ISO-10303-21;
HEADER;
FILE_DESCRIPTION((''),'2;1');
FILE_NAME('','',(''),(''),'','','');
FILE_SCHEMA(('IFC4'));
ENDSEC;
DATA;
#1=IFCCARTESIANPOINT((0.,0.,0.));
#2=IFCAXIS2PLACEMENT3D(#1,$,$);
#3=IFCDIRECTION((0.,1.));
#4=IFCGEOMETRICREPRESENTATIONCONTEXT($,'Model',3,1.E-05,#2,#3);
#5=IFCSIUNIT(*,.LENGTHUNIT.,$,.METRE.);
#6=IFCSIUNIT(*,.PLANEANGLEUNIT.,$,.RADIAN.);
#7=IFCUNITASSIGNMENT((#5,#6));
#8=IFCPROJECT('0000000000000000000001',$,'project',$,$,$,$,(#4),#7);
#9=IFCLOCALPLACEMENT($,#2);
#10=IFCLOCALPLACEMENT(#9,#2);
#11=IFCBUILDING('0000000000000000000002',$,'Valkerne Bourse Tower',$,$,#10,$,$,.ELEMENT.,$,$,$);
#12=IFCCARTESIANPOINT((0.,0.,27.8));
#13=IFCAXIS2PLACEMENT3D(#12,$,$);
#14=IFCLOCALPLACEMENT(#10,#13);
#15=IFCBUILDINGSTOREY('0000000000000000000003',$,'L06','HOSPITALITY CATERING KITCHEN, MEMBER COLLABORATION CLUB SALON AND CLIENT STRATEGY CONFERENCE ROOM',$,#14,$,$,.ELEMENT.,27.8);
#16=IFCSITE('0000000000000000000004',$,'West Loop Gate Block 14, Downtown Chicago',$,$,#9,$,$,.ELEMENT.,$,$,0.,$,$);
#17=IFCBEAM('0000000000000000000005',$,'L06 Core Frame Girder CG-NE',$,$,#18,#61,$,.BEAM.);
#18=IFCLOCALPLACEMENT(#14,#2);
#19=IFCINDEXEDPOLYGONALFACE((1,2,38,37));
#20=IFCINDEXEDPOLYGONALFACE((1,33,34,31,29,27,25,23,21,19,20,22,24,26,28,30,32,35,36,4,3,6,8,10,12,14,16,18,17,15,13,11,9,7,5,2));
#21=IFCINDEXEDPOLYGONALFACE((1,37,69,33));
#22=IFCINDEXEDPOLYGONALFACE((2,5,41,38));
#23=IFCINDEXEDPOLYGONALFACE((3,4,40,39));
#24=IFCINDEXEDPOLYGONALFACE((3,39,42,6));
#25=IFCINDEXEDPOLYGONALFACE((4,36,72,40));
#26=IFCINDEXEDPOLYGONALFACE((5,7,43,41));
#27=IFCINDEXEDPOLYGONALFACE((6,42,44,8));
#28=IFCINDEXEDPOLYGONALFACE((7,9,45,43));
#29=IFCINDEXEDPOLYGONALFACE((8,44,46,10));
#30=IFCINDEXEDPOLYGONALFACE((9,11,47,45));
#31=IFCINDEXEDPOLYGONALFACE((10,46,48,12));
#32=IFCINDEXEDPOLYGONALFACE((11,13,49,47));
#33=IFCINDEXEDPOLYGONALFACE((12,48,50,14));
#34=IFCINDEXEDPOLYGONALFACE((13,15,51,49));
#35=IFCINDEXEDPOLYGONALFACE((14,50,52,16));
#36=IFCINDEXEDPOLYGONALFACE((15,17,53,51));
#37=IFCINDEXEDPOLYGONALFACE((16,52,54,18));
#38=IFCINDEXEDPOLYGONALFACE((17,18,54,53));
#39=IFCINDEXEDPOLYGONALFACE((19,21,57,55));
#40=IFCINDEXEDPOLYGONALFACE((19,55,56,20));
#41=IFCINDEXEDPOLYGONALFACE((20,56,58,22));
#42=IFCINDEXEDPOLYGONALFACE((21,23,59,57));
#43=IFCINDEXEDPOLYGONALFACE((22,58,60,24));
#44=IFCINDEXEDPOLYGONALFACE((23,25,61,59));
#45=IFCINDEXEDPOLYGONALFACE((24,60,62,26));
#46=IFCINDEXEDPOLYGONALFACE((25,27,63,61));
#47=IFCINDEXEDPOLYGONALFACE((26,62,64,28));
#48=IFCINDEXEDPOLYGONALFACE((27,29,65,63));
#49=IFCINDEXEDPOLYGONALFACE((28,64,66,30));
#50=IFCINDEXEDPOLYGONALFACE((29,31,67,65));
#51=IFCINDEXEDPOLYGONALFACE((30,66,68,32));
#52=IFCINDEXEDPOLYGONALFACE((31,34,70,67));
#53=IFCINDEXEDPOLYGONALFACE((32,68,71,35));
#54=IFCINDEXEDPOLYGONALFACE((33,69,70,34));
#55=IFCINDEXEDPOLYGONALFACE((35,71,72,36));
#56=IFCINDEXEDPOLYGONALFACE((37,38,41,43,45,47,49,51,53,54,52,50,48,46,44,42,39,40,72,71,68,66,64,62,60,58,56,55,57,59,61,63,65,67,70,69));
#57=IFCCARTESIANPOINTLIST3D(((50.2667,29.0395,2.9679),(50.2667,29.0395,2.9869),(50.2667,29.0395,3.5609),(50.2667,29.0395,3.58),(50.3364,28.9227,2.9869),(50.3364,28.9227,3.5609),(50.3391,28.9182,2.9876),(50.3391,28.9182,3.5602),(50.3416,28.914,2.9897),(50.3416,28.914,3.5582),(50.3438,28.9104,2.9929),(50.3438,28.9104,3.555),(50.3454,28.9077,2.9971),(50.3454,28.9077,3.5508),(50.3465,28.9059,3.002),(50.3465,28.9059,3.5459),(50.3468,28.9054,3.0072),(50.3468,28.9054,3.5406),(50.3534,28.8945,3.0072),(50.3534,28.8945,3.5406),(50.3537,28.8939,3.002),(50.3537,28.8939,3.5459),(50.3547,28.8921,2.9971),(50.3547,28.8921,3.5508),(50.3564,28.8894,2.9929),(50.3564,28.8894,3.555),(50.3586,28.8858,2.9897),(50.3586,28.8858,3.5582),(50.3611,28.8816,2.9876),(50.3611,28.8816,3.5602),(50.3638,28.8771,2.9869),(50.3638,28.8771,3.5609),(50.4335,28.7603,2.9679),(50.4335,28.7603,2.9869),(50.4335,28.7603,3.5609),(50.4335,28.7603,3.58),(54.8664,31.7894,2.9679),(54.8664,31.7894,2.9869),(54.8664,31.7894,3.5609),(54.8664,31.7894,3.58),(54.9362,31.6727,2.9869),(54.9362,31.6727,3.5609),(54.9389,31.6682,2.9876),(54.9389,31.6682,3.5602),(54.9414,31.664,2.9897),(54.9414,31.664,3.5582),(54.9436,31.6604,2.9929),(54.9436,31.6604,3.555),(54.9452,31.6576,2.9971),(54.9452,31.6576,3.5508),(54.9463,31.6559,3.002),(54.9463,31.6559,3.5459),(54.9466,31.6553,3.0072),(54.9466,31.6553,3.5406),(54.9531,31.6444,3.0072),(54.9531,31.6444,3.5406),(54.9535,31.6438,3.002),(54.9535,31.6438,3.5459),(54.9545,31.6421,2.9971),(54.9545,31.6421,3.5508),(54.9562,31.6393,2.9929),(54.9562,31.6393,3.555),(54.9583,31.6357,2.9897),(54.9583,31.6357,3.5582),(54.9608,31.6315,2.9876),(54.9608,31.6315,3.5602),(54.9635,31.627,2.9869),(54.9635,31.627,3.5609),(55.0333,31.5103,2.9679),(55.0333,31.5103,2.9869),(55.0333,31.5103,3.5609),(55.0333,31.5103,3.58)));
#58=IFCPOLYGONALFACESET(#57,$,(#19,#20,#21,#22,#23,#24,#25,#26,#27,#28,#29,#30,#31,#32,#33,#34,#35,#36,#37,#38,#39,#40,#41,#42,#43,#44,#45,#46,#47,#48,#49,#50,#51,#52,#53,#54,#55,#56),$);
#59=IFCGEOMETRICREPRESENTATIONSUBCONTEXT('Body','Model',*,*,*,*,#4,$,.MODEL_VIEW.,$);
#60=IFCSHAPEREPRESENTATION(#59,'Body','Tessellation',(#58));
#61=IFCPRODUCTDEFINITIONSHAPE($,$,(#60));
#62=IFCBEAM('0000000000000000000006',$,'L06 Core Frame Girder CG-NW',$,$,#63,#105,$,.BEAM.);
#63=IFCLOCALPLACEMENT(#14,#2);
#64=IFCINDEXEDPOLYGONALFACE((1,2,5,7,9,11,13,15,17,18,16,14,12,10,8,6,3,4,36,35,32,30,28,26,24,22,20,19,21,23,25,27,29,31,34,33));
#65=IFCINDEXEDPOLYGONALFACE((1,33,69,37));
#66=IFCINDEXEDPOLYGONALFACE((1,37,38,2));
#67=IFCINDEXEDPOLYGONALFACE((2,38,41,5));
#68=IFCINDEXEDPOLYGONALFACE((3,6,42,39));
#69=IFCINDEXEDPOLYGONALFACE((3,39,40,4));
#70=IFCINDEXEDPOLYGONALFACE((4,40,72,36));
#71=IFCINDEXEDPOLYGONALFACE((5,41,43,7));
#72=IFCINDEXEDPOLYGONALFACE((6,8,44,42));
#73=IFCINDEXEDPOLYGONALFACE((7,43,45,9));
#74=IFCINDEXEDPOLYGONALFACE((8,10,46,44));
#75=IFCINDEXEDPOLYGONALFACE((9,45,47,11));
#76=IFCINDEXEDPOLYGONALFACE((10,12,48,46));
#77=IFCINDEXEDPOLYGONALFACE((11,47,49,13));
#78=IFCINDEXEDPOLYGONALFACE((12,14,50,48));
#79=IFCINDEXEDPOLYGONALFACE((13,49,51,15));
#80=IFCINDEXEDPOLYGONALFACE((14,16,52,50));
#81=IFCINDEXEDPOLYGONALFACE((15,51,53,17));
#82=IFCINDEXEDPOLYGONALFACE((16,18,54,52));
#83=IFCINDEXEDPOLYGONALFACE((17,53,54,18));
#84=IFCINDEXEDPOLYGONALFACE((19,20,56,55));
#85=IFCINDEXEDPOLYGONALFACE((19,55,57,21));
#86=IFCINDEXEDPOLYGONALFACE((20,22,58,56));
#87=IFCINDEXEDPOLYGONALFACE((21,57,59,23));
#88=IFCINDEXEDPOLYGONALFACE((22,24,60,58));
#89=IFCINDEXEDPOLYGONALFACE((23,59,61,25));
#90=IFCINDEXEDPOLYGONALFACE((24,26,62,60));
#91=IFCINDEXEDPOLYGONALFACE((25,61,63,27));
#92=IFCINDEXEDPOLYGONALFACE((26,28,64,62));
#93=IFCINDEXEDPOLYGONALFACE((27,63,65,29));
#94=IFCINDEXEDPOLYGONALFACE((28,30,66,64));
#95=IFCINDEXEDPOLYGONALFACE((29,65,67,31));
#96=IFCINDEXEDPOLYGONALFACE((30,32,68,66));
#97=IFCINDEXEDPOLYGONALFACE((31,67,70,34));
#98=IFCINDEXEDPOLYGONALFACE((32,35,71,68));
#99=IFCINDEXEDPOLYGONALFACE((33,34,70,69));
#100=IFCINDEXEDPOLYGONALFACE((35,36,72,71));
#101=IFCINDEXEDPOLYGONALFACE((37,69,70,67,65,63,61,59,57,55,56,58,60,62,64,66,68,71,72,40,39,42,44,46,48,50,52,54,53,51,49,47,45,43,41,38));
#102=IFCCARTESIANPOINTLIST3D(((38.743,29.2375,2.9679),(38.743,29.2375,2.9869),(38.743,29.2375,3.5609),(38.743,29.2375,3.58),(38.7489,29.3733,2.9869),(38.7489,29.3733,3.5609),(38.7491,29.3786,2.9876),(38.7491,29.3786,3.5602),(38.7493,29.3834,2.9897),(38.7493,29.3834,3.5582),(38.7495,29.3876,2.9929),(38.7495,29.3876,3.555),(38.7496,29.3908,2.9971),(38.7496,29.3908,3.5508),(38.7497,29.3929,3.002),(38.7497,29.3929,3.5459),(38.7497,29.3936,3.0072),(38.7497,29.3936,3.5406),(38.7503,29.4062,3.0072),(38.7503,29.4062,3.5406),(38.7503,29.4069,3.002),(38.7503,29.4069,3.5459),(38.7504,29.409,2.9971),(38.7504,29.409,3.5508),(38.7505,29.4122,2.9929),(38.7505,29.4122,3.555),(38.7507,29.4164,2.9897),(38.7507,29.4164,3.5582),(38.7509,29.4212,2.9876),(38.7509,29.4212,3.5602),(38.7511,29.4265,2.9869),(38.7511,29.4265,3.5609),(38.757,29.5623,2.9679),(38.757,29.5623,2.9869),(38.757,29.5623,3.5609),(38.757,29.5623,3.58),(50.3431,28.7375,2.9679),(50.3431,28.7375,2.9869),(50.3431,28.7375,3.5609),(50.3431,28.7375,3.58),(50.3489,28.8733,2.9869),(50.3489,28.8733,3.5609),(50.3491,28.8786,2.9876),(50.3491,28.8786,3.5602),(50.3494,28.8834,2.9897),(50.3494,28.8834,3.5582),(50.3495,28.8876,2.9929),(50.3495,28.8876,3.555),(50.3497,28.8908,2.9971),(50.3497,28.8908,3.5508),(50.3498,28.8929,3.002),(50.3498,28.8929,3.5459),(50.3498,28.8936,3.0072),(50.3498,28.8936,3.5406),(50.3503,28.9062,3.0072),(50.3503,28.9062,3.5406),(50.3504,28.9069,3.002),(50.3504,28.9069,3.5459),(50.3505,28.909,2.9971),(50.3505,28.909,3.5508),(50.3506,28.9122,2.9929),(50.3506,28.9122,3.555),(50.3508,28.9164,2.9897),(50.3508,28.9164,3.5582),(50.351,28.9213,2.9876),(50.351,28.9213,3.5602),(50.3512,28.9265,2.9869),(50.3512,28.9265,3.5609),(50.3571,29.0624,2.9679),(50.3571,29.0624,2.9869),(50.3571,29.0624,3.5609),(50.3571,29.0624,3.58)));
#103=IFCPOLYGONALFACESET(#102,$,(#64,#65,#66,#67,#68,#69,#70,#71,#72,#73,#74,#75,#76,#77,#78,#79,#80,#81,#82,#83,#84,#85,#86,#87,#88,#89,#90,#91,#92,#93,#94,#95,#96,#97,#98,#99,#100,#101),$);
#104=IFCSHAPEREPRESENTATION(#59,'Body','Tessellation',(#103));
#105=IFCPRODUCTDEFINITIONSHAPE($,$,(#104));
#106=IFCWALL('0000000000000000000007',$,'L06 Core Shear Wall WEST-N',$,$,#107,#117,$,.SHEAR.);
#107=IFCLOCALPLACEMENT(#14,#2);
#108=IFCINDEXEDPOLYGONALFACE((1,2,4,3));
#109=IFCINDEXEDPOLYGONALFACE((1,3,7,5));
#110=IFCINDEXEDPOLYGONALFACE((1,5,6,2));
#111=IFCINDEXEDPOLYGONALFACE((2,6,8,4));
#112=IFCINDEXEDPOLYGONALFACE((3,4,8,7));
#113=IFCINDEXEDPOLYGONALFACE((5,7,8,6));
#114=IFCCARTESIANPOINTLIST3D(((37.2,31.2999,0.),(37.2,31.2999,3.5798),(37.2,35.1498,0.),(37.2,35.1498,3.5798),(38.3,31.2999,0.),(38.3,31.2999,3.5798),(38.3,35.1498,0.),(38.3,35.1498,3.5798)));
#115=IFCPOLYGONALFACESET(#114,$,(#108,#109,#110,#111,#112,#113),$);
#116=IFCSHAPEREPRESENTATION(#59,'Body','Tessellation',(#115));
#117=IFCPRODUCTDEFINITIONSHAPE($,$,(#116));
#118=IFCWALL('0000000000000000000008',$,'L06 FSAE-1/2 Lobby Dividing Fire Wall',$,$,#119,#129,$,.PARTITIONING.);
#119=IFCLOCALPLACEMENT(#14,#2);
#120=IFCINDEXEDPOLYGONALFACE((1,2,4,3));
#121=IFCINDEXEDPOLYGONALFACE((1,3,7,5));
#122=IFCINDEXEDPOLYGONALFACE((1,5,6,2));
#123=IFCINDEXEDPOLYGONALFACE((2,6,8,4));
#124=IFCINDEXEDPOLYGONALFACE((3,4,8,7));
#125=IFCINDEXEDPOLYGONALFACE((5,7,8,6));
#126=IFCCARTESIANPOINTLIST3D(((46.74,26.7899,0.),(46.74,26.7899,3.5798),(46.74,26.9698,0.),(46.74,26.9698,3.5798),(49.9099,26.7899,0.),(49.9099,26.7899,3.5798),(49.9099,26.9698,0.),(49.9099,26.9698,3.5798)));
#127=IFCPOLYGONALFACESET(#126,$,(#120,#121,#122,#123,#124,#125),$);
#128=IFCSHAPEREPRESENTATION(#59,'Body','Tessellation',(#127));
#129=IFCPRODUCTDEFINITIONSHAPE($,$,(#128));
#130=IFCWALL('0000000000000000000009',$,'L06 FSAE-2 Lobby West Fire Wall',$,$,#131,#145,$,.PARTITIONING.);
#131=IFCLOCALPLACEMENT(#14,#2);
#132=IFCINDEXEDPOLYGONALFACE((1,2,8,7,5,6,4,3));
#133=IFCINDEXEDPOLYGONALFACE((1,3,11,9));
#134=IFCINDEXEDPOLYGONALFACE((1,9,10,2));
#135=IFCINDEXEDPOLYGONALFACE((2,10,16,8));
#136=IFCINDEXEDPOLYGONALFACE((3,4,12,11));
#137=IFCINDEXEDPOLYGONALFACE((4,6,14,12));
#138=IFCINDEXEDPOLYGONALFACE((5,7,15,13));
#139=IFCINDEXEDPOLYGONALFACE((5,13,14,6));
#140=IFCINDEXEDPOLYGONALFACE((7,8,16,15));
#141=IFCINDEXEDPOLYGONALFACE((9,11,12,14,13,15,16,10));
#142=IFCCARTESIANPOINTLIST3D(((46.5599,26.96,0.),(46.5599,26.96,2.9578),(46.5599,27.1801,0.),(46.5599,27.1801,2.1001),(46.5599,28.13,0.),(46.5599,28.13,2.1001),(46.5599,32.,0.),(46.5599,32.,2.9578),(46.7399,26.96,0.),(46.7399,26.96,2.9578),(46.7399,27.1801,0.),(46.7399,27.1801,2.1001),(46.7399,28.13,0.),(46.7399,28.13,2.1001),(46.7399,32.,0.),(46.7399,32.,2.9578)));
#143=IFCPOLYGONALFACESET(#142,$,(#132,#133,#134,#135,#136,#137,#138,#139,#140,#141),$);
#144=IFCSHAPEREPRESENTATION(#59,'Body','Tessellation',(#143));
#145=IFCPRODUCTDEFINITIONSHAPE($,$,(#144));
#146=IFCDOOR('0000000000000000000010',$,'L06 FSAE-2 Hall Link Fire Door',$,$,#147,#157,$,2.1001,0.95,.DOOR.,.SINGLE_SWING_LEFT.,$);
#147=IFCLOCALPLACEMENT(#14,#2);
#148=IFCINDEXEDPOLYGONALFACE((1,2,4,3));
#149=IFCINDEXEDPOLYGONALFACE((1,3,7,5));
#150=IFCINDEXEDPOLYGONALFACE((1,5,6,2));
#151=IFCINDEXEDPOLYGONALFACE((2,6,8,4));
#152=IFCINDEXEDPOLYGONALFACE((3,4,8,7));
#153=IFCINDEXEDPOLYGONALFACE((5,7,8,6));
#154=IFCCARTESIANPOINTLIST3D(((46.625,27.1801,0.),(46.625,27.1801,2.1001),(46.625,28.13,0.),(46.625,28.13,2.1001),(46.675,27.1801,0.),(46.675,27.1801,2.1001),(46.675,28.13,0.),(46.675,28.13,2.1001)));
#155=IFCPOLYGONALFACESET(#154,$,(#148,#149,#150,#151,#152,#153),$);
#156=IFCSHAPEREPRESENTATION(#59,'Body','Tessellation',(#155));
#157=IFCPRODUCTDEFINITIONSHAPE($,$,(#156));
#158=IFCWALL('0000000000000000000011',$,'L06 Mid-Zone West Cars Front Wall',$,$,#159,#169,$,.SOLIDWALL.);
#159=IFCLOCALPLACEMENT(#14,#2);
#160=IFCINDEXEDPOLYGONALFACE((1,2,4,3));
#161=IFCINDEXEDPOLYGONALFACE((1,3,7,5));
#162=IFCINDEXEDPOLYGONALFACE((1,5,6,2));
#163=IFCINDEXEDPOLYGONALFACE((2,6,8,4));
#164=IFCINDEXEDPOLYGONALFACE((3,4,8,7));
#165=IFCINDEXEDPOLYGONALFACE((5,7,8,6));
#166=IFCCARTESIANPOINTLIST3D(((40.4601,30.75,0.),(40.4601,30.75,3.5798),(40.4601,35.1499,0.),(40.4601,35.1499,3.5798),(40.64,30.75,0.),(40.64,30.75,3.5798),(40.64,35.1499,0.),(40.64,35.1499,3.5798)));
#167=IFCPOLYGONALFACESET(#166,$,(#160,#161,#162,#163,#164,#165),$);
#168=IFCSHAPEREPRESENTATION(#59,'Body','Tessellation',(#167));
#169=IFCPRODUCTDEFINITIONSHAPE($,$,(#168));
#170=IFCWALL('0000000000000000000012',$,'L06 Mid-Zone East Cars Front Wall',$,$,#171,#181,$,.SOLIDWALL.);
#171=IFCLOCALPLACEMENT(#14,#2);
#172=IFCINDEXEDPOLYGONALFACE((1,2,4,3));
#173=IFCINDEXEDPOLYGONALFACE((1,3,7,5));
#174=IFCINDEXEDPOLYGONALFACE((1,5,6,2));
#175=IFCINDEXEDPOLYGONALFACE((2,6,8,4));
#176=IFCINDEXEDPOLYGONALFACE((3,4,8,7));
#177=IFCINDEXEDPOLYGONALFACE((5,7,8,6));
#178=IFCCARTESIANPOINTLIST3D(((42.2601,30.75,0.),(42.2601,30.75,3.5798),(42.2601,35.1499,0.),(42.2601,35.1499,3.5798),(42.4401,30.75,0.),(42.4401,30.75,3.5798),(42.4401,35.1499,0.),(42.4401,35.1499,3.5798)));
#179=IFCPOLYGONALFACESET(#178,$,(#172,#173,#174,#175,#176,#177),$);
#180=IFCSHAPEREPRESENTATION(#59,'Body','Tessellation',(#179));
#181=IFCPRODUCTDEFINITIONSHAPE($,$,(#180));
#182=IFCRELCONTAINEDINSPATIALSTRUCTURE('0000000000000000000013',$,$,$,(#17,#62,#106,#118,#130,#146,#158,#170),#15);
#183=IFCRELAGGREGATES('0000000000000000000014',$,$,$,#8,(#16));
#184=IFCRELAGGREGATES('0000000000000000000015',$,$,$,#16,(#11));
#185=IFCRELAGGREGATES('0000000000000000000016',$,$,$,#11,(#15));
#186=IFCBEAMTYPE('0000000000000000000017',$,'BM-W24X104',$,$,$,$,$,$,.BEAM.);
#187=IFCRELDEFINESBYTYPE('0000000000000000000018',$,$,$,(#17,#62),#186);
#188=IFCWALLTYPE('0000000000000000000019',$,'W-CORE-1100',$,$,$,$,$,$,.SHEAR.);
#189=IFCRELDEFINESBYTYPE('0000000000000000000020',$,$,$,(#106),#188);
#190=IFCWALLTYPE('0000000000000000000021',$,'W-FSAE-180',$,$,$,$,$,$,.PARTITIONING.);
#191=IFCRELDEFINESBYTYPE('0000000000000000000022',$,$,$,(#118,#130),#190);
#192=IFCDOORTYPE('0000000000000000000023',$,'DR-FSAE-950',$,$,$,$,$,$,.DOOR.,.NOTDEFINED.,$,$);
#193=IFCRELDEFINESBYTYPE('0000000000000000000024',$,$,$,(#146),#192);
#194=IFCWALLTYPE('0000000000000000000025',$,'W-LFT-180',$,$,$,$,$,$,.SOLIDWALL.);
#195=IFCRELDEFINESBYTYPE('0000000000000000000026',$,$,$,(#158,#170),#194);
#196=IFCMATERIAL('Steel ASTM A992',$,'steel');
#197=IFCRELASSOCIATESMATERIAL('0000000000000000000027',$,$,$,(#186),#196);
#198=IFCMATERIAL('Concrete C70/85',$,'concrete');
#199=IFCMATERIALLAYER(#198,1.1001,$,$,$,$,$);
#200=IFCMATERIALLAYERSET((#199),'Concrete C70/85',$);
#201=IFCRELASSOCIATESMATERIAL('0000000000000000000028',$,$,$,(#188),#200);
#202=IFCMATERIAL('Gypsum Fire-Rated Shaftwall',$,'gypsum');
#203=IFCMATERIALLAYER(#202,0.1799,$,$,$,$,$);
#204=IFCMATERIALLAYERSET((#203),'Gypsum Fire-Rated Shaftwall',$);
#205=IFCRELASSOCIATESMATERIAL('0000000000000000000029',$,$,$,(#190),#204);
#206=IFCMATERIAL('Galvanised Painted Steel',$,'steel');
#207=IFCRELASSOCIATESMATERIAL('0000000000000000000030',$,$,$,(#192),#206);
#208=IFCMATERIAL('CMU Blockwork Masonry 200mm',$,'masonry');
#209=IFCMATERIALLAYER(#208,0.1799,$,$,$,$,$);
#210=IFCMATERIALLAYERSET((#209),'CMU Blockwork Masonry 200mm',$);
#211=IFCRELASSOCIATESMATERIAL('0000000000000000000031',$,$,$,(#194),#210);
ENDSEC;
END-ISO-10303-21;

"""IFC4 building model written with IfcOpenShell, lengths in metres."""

from ifc_helpers import new_model, si_unit, direction, frame, frame_2d, origin, origin_2d, place, context, subcontext, project, spatial, rectangle, i_section, extrude, material, layer, layer_set, material_profile, profile_set, type_object, element, fill, save


model = new_model("IFC4")

# Units and contexts
model_context = context("Model", 3, precision=1e-05, world=origin(), true_north=direction((0.0, 1.0)))
body_context = subcontext(model_context, "Body", "Model", "MODEL_VIEW")
ifc_project = project(units=[si_unit("LENGTHUNIT", "METRE"), si_unit("PLANEANGLEUNIT", "RADIAN")], contexts=[model_context])

# Site, building, storey
site_placement = place(None, origin())
site = spatial("IfcSite", under=ifc_project, at=site_placement, Name="West Loop Gate Block 14, Downtown Chicago", CompositionType="ELEMENT", RefElevation=0.0)
building_placement = place(site_placement, origin())
building = spatial("IfcBuilding", under=site, at=building_placement, Name="Valkerne Bourse Tower", CompositionType="ELEMENT")
storey_placement = place(building_placement, frame((0.0, 0.0, 27.8)))
storey = spatial("IfcBuildingStorey", under=building, at=storey_placement, Name="L06", Description="HOSPITALITY CATERING KITCHEN, MEMBER COLLABORATION CLUB SALON AND CLIENT STRATEGY CONFERENCE ROOM", CompositionType="ELEMENT", Elevation=27.8)

# Beams
ifc_material_1 = material(Name="Steel ASTM A992", Category="steel")
ifc_material_profile_1 = material_profile(ifc_material_1, i_section(OverallWidth=0.3252, OverallDepth=0.6121, WebThickness=0.0127, FlangeThickness=0.019, FilletRadius=0.0203, at=origin_2d()), Name="W24X104")
ifc_profile_set_1 = profile_set([ifc_material_profile_1], Name="Steel ASTM A992")
beam_type = type_object("IfcBeamType", Name="BM-W24X104", PredefinedType="BEAM", material=ifc_profile_set_1)
beam_1_placement = place(storey_placement, frame((50.3501, 28.8999, 3.2739), z_axis=(0.858308, 0.513135, 0.0), x_axis=(-0.513135, 0.858308, 0.0)))
element("IfcBeam", 1, at=beam_1_placement, inside=storey, type_object=beam_type, Name="L06 Core Frame Girder CG-NE", PredefinedType="BEAM", context=body_context, shape_type="SweptSolid", body=[
    extrude(i_section(OverallWidth=0.3252, OverallDepth=0.6121, WebThickness=0.0127, FlangeThickness=0.019, FilletRadius=0.0203, at=origin_2d()), origin(), (0.0, 0.0, 1.0), 5.3591),
])
beam_2_placement = place(storey_placement, frame((38.75, 29.3999, 3.2739), z_axis=(0.999072, -0.043063, 0.0), x_axis=(0.043063, 0.999072, 0.0)))
element("IfcBeam", 2, at=beam_2_placement, inside=storey, type_object=beam_type, Name="L06 Core Frame Girder CG-NW", PredefinedType="BEAM", context=body_context, shape_type="SweptSolid", body=[
    extrude(i_section(OverallWidth=0.3252, OverallDepth=0.6121, WebThickness=0.0127, FlangeThickness=0.019, FilletRadius=0.0203, at=origin_2d()), origin(), (0.0, 0.0, 1.0), 11.6108),
])

# Walls
ifc_material_2 = material(Name="Concrete C70/85", Category="concrete")
ifc_layer_1 = layer(ifc_material_2, 1.1001)
ifc_layer_set_1 = layer_set([ifc_layer_1], Name="Concrete C70/85")
wall_type_1 = type_object("IfcWallType", Name="W-CORE-1100", PredefinedType="SHEAR", material=ifc_layer_set_1)
wall_1_placement = place(storey_placement, frame((37.75, 31.3, 0.0), z_axis=(0.0, 0.0, 1.0), x_axis=(0.0, 1.0, 0.0)))
element("IfcWall", 3, at=wall_1_placement, inside=storey, type_object=wall_type_1, Name="L06 Core Shear Wall WEST-N", PredefinedType="SHEAR", context=body_context, shape_type="SweptSolid", body=[
    extrude(rectangle(XDim=3.8499, YDim=1.1001, at=frame_2d((1.9248, 0.0))), origin(), (0.0, 0.0, 1.0), 3.5798),
])
ifc_material_3 = material(Name="Gypsum Fire-Rated Shaftwall", Category="gypsum")
ifc_layer_2 = layer(ifc_material_3, 0.1799)
ifc_layer_set_2 = layer_set([ifc_layer_2], Name="Gypsum Fire-Rated Shaftwall")
wall_type_2 = type_object("IfcWallType", Name="W-FSAE-180", PredefinedType="PARTITIONING", material=ifc_layer_set_2)
wall_2_placement = place(storey_placement, frame((46.74, 26.8799, 0.0), z_axis=(0.0, 0.0, 1.0), x_axis=(1.0, 0.0, 0.0)))
element("IfcWall", 4, at=wall_2_placement, inside=storey, type_object=wall_type_2, Name="L06 FSAE-1/2 Lobby Dividing Fire Wall", PredefinedType="PARTITIONING", context=body_context, shape_type="SweptSolid", body=[
    extrude(rectangle(XDim=3.1699, YDim=0.1799, at=frame_2d((1.585, 0.0))), origin(), (0.0, 0.0, 1.0), 3.5798),
])

# Wall, opening, door
wall_3_placement = place(storey_placement, frame((46.6499, 26.96, 0.0), z_axis=(0.0, 0.0, 1.0), x_axis=(0.0, 1.0, 0.0)))
wall_3 = element("IfcWall", 5, at=wall_3_placement, inside=storey, type_object=wall_type_2, Name="L06 FSAE-2 Lobby West Fire Wall", PredefinedType="PARTITIONING", context=body_context, shape_type="SweptSolid", body=[
    extrude(rectangle(XDim=5.04, YDim=0.1799, at=frame_2d((2.52, 0.0))), origin(), (0.0, 0.0, 1.0), 2.9578),
])
opening_1_placement = place(wall_3_placement, frame((0.22, 0.0, 0.0)))
opening_1 = element("IfcOpeningElement", 6, at=opening_1_placement, cuts=wall_3, PredefinedType="OPENING", context=body_context, shape_type="SweptSolid", body=[
    extrude(rectangle(XDim=0.95, YDim=2.1001, at=frame_2d((0.4751, 1.05))), frame((0.0, 0.0999, 0.0), z_axis=(0.0, -1.0, 0.0), x_axis=(1.0, 0.0, 0.0)), (0.0, 0.0, 1.0), 0.2),
])
ifc_material_4 = material(Name="Galvanised Painted Steel", Category="steel")
door_type_1 = type_object("IfcDoorType", Name="DR-FSAE-950", OperationType="NOTDEFINED", PredefinedType="DOOR", material=ifc_material_4)
door_1_placement = place(opening_1_placement, origin())
door_1 = element("IfcDoor", 7, at=door_1_placement, inside=storey, type_object=door_type_1, Name="L06 FSAE-2 Hall Link Fire Door", OperationType="SINGLE_SWING_LEFT", OverallHeight=2.1001, OverallWidth=0.95, PredefinedType="DOOR", context=body_context, shape_type="SweptSolid", body=[
    extrude(rectangle(XDim=0.95, YDim=2.1001, at=frame_2d((0.4751, 1.05))), frame((0.0, 0.0249, 0.0), z_axis=(0.0, -1.0, 0.0), x_axis=(1.0, 0.0, 0.0)), (0.0, 0.0, 1.0), 0.05),
])
fill(opening_1, door_1)

# Walls
ifc_material_5 = material(Name="CMU Blockwork Masonry 200mm", Category="masonry")
ifc_layer_3 = layer(ifc_material_5, 0.1799)
ifc_layer_set_3 = layer_set([ifc_layer_3], Name="CMU Blockwork Masonry 200mm")
wall_type_3 = type_object("IfcWallType", Name="W-LFT-180", PredefinedType="SOLIDWALL", material=ifc_layer_set_3)
for number, where, z_axis, x_axis, name in (
    (8, (40.55, 30.75, 0.0), (0.0, 0.0, 1.0), (0.0, 1.0, 0.0), "L06 Mid-Zone West Cars Front Wall"),
    (9, (42.3501, 30.75, 0.0), (0.0, 0.0, 1.0), (0.0, 1.0, 0.0), "L06 Mid-Zone East Cars Front Wall"),
):
    element("IfcWall", number, at=place(storey_placement, frame(where, z_axis=z_axis, x_axis=x_axis)), inside=storey, type_object=wall_type_3, Name=name, PredefinedType="SOLIDWALL", context=body_context, shape_type="SweptSolid", body=[
        extrude(rectangle(XDim=4.3999, YDim=0.1799, at=frame_2d((2.2, 0.0))), origin(), (0.0, 0.0, 1.0), 3.5798),
    ])

save(model, "model.ifc")
